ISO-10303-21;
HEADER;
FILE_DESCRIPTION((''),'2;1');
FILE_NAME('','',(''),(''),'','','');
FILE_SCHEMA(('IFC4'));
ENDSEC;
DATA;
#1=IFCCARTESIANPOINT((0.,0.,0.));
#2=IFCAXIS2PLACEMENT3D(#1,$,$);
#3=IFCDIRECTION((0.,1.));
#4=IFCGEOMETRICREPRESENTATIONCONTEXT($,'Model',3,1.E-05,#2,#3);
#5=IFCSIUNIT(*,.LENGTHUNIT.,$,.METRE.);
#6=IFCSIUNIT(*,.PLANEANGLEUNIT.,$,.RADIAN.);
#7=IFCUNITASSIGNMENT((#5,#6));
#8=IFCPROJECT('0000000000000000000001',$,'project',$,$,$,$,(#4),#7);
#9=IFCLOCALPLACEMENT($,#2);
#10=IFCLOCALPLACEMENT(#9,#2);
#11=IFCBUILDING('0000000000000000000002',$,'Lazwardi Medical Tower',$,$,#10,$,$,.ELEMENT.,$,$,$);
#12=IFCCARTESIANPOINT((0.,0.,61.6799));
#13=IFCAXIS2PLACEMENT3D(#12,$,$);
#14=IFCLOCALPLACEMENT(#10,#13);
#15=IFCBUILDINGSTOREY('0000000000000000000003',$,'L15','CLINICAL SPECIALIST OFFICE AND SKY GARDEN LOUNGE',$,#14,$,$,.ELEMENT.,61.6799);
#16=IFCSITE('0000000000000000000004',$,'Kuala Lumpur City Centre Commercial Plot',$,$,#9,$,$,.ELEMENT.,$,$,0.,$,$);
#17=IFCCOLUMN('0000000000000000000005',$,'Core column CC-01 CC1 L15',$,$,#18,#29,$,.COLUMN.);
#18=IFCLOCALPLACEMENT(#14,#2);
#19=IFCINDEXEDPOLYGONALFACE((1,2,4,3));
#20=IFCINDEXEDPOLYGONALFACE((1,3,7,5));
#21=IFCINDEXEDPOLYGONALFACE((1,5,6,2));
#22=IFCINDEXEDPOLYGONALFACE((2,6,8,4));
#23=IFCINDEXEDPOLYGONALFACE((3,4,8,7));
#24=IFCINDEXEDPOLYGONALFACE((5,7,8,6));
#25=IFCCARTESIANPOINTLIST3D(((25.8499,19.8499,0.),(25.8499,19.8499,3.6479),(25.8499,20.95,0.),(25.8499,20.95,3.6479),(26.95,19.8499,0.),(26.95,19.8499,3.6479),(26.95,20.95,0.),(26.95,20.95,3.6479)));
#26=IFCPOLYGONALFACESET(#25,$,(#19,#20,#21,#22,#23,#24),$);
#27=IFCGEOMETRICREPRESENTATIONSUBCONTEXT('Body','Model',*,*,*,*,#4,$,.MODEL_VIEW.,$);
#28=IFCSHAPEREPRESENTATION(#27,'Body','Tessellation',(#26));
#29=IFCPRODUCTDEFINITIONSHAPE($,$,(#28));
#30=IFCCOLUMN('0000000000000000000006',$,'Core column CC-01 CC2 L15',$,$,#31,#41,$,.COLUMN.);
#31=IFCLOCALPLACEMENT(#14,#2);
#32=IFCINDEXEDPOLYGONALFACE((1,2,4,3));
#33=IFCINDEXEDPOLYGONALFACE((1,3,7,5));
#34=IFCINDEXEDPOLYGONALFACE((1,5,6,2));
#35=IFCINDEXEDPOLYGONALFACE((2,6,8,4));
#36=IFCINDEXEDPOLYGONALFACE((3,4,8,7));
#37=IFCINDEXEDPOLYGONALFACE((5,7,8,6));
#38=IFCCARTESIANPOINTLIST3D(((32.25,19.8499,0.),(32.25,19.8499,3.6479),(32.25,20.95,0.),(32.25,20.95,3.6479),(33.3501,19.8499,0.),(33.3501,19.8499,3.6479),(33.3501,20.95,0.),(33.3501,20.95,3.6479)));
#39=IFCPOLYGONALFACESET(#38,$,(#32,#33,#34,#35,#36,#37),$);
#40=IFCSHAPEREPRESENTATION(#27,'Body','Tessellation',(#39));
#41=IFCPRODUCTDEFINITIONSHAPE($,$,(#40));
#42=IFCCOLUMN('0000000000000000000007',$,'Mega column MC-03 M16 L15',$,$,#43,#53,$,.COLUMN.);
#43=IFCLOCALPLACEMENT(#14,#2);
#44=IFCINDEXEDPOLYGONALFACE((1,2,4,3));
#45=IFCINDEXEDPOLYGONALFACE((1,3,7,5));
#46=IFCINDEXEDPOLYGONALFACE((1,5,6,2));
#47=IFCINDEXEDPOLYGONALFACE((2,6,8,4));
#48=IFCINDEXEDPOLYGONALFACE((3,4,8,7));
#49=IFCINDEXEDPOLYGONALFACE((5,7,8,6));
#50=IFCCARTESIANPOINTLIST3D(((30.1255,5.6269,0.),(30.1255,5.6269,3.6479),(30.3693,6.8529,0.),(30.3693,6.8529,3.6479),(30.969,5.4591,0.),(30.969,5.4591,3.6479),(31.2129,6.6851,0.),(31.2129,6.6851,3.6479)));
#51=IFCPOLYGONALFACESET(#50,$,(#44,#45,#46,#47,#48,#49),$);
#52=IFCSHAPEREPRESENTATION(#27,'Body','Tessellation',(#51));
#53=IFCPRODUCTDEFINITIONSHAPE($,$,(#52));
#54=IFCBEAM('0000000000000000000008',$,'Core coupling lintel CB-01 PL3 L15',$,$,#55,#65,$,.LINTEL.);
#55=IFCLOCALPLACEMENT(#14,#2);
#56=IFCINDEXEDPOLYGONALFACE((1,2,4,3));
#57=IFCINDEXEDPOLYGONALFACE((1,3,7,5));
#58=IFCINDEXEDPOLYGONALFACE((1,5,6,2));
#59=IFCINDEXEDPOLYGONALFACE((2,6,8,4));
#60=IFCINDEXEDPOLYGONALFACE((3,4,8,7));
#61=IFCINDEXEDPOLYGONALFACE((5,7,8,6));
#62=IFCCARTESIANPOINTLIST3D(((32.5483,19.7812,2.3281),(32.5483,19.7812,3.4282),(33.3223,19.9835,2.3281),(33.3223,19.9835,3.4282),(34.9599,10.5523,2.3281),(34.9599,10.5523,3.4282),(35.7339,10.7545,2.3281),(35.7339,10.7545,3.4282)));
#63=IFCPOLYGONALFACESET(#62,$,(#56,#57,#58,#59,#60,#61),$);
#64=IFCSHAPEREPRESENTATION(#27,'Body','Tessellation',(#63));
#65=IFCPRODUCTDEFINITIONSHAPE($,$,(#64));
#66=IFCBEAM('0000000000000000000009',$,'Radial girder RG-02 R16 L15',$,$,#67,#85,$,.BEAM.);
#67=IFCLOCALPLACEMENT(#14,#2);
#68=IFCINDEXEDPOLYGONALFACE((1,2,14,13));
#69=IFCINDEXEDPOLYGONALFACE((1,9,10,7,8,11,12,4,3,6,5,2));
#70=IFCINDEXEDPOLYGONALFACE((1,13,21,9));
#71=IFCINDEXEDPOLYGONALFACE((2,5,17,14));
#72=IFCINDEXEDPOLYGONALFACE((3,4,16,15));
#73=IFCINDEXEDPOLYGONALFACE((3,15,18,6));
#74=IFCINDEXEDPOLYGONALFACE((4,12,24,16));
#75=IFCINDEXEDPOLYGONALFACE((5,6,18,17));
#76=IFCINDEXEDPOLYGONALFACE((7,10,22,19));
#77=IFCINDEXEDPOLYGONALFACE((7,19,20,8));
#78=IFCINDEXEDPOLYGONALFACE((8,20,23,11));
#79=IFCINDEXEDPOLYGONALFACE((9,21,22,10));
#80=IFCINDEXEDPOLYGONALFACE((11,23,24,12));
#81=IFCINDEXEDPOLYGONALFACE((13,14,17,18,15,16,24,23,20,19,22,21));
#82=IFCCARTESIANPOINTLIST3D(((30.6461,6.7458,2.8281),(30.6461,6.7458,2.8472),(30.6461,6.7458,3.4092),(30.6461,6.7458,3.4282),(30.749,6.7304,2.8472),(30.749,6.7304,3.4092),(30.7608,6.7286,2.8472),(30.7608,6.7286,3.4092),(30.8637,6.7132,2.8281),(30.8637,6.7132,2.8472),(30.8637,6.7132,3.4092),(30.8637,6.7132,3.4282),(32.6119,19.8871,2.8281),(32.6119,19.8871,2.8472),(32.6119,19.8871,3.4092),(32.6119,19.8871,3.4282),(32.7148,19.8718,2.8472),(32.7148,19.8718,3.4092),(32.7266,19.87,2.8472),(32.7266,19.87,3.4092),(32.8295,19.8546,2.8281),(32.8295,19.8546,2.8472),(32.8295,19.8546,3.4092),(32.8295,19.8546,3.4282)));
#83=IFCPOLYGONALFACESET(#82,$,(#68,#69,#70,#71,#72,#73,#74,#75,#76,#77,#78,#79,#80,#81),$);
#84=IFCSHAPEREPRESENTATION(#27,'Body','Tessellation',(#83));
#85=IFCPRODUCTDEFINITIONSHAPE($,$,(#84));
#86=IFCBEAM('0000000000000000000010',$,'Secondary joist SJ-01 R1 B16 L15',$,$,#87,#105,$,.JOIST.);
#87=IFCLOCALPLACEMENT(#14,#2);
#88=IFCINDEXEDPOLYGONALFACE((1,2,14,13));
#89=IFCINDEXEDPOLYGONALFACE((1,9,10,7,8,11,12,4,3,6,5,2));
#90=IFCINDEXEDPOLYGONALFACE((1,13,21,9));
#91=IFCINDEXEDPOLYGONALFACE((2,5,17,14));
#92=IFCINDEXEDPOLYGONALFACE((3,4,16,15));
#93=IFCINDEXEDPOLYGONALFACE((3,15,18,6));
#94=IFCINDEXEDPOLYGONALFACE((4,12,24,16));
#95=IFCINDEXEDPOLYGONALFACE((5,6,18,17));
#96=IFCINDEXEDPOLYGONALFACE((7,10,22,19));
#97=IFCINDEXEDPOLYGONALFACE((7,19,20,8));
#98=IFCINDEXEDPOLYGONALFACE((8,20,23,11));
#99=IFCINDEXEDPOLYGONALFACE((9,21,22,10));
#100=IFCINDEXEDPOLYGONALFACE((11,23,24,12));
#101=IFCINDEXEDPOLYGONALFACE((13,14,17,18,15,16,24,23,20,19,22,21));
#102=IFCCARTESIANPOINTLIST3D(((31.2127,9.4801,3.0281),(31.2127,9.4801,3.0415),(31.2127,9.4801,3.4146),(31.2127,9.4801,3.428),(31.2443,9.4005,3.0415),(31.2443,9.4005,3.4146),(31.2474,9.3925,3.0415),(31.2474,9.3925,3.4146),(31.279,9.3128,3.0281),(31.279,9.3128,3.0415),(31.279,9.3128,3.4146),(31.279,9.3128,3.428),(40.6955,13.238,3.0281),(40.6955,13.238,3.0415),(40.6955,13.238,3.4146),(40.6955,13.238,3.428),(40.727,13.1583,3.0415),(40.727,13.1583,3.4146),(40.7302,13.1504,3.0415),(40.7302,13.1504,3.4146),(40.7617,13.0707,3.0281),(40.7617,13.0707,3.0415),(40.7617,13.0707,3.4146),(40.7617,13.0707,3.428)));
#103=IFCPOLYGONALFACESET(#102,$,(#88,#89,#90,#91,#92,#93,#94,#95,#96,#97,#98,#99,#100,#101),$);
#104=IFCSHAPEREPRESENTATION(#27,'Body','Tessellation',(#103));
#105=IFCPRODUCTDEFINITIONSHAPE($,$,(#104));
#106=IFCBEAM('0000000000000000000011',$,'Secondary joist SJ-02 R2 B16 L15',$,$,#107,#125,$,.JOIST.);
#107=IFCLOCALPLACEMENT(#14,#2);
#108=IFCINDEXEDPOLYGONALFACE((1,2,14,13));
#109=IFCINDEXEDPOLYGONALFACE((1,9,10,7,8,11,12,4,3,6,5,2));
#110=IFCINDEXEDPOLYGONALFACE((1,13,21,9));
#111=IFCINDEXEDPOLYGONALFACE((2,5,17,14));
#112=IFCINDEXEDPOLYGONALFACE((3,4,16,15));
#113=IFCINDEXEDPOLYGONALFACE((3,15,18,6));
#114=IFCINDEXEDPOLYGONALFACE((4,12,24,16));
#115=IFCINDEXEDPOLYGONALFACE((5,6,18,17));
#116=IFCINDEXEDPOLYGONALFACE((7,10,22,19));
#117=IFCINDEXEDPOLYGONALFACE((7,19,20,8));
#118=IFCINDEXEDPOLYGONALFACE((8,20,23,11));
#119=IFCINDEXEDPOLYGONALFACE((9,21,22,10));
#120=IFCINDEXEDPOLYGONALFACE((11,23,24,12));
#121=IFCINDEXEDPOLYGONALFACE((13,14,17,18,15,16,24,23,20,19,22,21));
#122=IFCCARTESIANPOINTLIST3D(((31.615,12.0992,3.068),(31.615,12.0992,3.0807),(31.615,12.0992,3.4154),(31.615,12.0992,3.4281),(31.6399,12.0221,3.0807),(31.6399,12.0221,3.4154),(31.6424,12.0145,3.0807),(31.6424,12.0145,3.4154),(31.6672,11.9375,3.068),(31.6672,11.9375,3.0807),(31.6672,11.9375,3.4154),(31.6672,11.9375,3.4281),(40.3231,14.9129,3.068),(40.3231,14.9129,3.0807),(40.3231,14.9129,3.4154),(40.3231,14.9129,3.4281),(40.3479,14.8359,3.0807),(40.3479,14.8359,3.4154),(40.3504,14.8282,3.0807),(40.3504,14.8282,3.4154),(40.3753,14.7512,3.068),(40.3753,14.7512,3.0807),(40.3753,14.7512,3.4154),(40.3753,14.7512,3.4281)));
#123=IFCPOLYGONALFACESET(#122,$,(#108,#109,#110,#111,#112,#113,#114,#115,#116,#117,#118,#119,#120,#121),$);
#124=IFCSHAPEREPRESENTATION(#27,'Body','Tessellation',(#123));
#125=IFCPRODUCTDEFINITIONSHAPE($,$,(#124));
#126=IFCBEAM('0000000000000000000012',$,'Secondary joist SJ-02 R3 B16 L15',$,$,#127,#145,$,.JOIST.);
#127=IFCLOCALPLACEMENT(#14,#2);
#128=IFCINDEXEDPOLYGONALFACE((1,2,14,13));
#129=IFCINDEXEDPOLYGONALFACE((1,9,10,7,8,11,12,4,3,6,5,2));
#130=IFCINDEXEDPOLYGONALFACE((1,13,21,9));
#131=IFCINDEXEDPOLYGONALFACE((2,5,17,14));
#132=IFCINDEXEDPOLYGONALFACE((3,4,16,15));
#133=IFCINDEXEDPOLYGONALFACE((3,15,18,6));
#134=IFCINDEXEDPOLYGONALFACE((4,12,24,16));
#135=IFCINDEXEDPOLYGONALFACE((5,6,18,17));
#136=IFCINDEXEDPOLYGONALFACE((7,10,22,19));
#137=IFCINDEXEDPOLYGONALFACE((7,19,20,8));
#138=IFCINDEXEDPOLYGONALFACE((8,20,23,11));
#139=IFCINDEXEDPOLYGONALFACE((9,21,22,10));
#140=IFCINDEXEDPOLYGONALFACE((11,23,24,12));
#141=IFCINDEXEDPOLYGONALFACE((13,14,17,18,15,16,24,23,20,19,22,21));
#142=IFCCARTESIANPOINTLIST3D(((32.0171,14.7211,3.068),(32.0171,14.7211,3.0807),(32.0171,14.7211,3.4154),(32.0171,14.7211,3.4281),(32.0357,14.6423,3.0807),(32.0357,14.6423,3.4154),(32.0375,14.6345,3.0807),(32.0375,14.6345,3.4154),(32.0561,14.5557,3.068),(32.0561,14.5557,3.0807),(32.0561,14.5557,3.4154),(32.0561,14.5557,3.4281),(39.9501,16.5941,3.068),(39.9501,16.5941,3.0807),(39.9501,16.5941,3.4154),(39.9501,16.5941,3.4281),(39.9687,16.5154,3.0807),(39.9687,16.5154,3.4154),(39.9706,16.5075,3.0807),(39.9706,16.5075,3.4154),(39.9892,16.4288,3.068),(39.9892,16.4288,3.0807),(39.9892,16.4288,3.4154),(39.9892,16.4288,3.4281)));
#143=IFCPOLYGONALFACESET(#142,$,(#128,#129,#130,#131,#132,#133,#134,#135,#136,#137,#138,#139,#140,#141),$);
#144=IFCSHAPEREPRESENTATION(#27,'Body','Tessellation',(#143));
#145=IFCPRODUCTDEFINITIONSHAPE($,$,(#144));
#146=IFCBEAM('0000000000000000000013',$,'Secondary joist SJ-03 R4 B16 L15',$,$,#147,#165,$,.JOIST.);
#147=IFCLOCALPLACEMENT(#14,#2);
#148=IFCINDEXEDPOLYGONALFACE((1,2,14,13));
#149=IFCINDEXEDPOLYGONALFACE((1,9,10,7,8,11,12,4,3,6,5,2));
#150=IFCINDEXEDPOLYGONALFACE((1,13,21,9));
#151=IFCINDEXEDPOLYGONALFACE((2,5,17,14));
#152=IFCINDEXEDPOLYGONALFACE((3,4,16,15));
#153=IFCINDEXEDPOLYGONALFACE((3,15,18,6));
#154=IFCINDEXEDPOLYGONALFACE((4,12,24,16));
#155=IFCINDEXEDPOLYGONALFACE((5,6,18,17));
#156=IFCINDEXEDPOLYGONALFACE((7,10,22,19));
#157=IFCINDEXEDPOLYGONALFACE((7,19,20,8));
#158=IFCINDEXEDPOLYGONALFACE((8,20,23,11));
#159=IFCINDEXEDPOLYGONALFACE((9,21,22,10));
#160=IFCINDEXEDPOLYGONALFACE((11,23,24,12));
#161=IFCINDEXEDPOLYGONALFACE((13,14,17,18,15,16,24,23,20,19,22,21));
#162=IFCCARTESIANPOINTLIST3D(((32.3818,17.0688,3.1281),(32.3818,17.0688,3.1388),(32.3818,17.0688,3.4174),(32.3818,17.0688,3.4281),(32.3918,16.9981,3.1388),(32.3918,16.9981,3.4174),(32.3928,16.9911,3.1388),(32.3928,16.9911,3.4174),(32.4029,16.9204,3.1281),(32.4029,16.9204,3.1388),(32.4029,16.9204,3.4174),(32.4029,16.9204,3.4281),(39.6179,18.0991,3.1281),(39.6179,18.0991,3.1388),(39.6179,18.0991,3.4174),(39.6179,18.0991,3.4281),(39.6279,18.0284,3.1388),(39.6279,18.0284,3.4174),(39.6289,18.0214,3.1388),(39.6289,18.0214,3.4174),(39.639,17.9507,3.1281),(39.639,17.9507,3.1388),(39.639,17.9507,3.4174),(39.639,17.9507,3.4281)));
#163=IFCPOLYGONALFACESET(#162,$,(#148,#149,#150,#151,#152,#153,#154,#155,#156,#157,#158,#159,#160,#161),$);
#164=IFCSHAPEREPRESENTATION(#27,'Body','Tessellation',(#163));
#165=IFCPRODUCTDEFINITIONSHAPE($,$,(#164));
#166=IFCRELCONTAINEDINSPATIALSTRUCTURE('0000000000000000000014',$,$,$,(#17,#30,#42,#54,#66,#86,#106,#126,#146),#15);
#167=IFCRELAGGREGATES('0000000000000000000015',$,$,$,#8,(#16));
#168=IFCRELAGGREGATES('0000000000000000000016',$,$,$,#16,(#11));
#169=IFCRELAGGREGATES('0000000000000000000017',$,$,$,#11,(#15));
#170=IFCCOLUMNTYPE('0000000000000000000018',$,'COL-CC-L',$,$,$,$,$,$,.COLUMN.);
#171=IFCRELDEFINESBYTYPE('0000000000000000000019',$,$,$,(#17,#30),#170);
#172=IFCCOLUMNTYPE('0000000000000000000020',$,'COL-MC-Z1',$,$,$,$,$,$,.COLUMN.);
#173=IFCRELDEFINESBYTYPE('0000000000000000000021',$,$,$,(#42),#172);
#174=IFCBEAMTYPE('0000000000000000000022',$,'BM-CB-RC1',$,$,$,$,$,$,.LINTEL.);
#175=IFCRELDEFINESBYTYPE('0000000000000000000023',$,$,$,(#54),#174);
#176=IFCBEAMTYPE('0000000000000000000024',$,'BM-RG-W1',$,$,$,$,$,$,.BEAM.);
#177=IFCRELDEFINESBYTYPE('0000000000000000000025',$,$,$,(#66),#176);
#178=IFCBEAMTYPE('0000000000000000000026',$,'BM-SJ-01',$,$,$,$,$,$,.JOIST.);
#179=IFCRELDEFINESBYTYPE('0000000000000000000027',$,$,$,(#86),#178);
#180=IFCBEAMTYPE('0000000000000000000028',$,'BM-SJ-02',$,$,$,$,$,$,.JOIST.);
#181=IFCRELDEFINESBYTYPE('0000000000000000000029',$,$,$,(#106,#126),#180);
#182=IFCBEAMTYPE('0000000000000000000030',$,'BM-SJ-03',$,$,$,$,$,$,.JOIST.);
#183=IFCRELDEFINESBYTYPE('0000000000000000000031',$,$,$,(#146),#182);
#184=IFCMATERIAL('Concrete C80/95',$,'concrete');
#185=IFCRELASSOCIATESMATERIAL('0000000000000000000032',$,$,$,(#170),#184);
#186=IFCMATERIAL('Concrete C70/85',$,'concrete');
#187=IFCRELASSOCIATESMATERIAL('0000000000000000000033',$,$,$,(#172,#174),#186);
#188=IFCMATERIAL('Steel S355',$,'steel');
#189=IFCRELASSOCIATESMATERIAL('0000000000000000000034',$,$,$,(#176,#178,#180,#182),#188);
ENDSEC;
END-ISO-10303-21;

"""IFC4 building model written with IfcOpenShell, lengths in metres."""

from ifc_helpers import new_model, si_unit, direction, frame, origin, origin_2d, place, context, subcontext, project, spatial, rectangle, i_section, extrude, material, material_profile, profile_set, type_object, element, save


model = new_model("IFC4")

# Units and contexts
model_context = context("Model", 3, precision=1e-05, world=origin(), true_north=direction((0.0, 1.0)))
body_context = subcontext(model_context, "Body", "Model", "MODEL_VIEW")
ifc_project = project(units=[si_unit("LENGTHUNIT", "METRE"), si_unit("PLANEANGLEUNIT", "RADIAN")], contexts=[model_context])

# Site, building, storey
site_placement = place(None, origin())
site = spatial("IfcSite", under=ifc_project, at=site_placement, Name="Kuala Lumpur City Centre Commercial Plot", CompositionType="ELEMENT", RefElevation=0.0)
building_placement = place(site_placement, origin())
building = spatial("IfcBuilding", under=site, at=building_placement, Name="Lazwardi Medical Tower", CompositionType="ELEMENT")
storey_placement = place(building_placement, frame((0.0, 0.0, 61.6799)))
storey = spatial("IfcBuildingStorey", under=building, at=storey_placement, Name="L15", Description="CLINICAL SPECIALIST OFFICE AND SKY GARDEN LOUNGE", CompositionType="ELEMENT", Elevation=61.6799)

# Columns
ifc_material_1 = material(Name="Concrete C80/95", Category="concrete")
ifc_material_profile_1 = material_profile(ifc_material_1, rectangle(XDim=1.1001, YDim=1.1001, at=origin_2d()), Name="RC 1100x1100")
ifc_profile_set_1 = profile_set([ifc_material_profile_1], Name="Concrete C80/95")
column_type_1 = type_object("IfcColumnType", Name="COL-CC-L", PredefinedType="COLUMN", material=ifc_profile_set_1)
for number, where, z_axis, x_axis, name in (
    (1, (26.3999, 20.3999, 0.0), (0.0, 0.0, 1.0), (1.0, 0.0, 0.0), "Core column CC-01 CC1 L15"),
    (2, (32.8, 20.3999, 0.0), (0.0, 0.0, 1.0), (1.0, 0.0, 0.0), "Core column CC-01 CC2 L15"),
):
    element("IfcColumn", number, at=place(storey_placement, frame(where, z_axis=z_axis, x_axis=x_axis)), inside=storey, type_object=column_type_1, Name=name, PredefinedType="COLUMN", context=body_context, shape_type="SweptSolid", body=[
        extrude(rectangle(XDim=1.1001, YDim=1.1001, at=origin_2d()), origin(), (0.0, 0.0, 1.0), 3.6479),
    ])
ifc_material_2 = material(Name="Concrete C70/85", Category="concrete")
ifc_material_profile_2 = material_profile(ifc_material_2, rectangle(XDim=1.25, YDim=0.8601, at=origin_2d()), Name="CFT-RECT 1250x860")
ifc_profile_set_2 = profile_set([ifc_material_profile_2], Name="Concrete C70/85")
column_type_2 = type_object("IfcColumnType", Name="COL-MC-Z1", PredefinedType="COLUMN", material=ifc_profile_set_2)
column_placement = place(storey_placement, frame((30.6692, 6.156, 0.0), z_axis=(0.0, 0.0, 1.0), x_axis=(-0.19509, -0.980785, 0.0)))
element("IfcColumn", 3, at=column_placement, inside=storey, type_object=column_type_2, Name="Mega column MC-03 M16 L15", PredefinedType="COLUMN", context=body_context, shape_type="SweptSolid", body=[
    extrude(rectangle(XDim=1.25, YDim=0.8601, at=origin_2d()), origin(), (0.0, 0.0, 1.0), 3.6479),
])

# Beams
ifc_material_profile_3 = material_profile(ifc_material_2, rectangle(XDim=0.8, YDim=1.1001, at=origin_2d()), Name="RC 800x1100")
ifc_profile_set_3 = profile_set([ifc_material_profile_3], Name="Concrete C70/85")
beam_type_1 = type_object("IfcBeamType", Name="BM-CB-RC1", PredefinedType="LINTEL", material=ifc_profile_set_3)
beam_1_placement = place(storey_placement, frame((32.9353, 19.8823, 2.8782), z_axis=(0.25282, -0.967513, 0.0), x_axis=(0.967513, 0.25282, 0.0)))
element("IfcBeam", 4, at=beam_1_placement, inside=storey, type_object=beam_type_1, Name="Core coupling lintel CB-01 PL3 L15", PredefinedType="LINTEL", context=body_context, shape_type="SweptSolid", body=[
    extrude(rectangle(XDim=0.8, YDim=1.1001, at=origin_2d()), origin(), (0.0, 0.0, 1.0), 9.5388),
])
ifc_material_3 = material(Name="Steel S355", Category="steel")
ifc_material_profile_4 = material_profile(ifc_material_3, i_section(OverallWidth=0.22, OverallDepth=0.6001, WebThickness=0.012, FlangeThickness=0.019, at=origin_2d()), Name="IPE 600")
ifc_profile_set_4 = profile_set([ifc_material_profile_4], Name="Steel S355")
beam_type_2 = type_object("IfcBeamType", Name="BM-RG-W1", PredefinedType="BEAM", material=ifc_profile_set_4)
beam_2_placement = place(storey_placement, frame((30.7549, 6.7295, 3.1282), z_axis=(0.147944, 0.988996, 0.0), x_axis=(-0.988996, 0.147944, 0.0)))
element("IfcBeam", 5, at=beam_2_placement, inside=storey, type_object=beam_type_2, Name="Radial girder RG-02 R16 L15", PredefinedType="BEAM", context=body_context, shape_type="SweptSolid", body=[
    extrude(i_section(OverallWidth=0.22, OverallDepth=0.6001, WebThickness=0.012, FlangeThickness=0.019, at=origin_2d()), origin(), (0.0, 0.0, 1.0), 13.2876),
])
ifc_material_profile_5 = material_profile(ifc_material_3, i_section(OverallWidth=0.1799, OverallDepth=0.3999, WebThickness=0.0085, FlangeThickness=0.0134, at=origin_2d()), Name="IPE 400")
ifc_profile_set_5 = profile_set([ifc_material_profile_5], Name="Steel S355")
beam_type_3 = type_object("IfcBeamType", Name="BM-SJ-01", PredefinedType="JOIST", material=ifc_profile_set_5)
beam_3_placement = place(storey_placement, frame((31.2458, 9.3965, 3.228), z_axis=(0.929664, 0.368409, 0.0), x_axis=(-0.368409, 0.929664, 0.0)))
element("IfcBeam", 6, at=beam_3_placement, inside=storey, type_object=beam_type_3, Name="Secondary joist SJ-01 R1 B16 L15", PredefinedType="JOIST", context=body_context, shape_type="SweptSolid", body=[
    extrude(i_section(OverallWidth=0.1799, OverallDepth=0.3999, WebThickness=0.0085, FlangeThickness=0.0134, at=origin_2d()), origin(), (0.0, 0.0, 1.0), 10.2002),
])
ifc_material_profile_6 = material_profile(ifc_material_3, i_section(OverallWidth=0.1699, OverallDepth=0.3601, WebThickness=0.0081, FlangeThickness=0.0127, at=origin_2d()), Name="IPE 360")
ifc_profile_set_6 = profile_set([ifc_material_profile_6], Name="Steel S355")
beam_type_4 = type_object("IfcBeamType", Name="BM-SJ-02", PredefinedType="JOIST", material=ifc_profile_set_6)
beam_4_placement = place(storey_placement, frame((31.6411, 12.0183, 3.248), z_axis=(0.951559, 0.307467, 0.0), x_axis=(-0.307467, 0.951559, 0.0)))
element("IfcBeam", 7, at=beam_4_placement, inside=storey, type_object=beam_type_4, Name="Secondary joist SJ-02 R2 B16 L15", PredefinedType="JOIST", context=body_context, shape_type="SweptSolid", body=[
    extrude(i_section(OverallWidth=0.1699, OverallDepth=0.3601, WebThickness=0.0081, FlangeThickness=0.0127, at=origin_2d()), origin(), (0.0, 0.0, 1.0), 9.1514),
])
beam_5_placement = place(storey_placement, frame((32.0366, 14.6384, 3.248), z_axis=(0.973241, 0.229787, 0.0), x_axis=(-0.229787, 0.973241, 0.0)))
element("IfcBeam", 8, at=beam_5_placement, inside=storey, type_object=beam_type_4, Name="Secondary joist SJ-02 R3 B16 L15", PredefinedType="JOIST", context=body_context, shape_type="SweptSolid", body=[
    extrude(i_section(OverallWidth=0.1699, OverallDepth=0.3601, WebThickness=0.0081, FlangeThickness=0.0127, at=origin_2d()), origin(), (0.0, 0.0, 1.0), 8.1511),
])
ifc_material_profile_7 = material_profile(ifc_material_3, i_section(OverallWidth=0.1499, OverallDepth=0.3, WebThickness=0.0071, FlangeThickness=0.0107, at=origin_2d()), Name="IPE 300")
ifc_profile_set_7 = profile_set([ifc_material_profile_7], Name="Steel S355")
beam_type_5 = type_object("IfcBeamType", Name="BM-SJ-03", PredefinedType="JOIST", material=ifc_profile_set_7)
beam_6_placement = place(storey_placement, frame((32.3923, 16.9946, 3.2781), z_axis=(0.990016, 0.140958, 0.0), x_axis=(-0.140958, 0.990016, 0.0)))
element("IfcBeam", 9, at=beam_6_placement, inside=storey, type_object=beam_type_5, Name="Secondary joist SJ-03 R4 B16 L15", PredefinedType="JOIST", context=body_context, shape_type="SweptSolid", body=[
    extrude(i_section(OverallWidth=0.1499, OverallDepth=0.3, WebThickness=0.0071, FlangeThickness=0.0107, at=origin_2d()), origin(), (0.0, 0.0, 1.0), 7.3091),
])

save(model, "model.ifc")
